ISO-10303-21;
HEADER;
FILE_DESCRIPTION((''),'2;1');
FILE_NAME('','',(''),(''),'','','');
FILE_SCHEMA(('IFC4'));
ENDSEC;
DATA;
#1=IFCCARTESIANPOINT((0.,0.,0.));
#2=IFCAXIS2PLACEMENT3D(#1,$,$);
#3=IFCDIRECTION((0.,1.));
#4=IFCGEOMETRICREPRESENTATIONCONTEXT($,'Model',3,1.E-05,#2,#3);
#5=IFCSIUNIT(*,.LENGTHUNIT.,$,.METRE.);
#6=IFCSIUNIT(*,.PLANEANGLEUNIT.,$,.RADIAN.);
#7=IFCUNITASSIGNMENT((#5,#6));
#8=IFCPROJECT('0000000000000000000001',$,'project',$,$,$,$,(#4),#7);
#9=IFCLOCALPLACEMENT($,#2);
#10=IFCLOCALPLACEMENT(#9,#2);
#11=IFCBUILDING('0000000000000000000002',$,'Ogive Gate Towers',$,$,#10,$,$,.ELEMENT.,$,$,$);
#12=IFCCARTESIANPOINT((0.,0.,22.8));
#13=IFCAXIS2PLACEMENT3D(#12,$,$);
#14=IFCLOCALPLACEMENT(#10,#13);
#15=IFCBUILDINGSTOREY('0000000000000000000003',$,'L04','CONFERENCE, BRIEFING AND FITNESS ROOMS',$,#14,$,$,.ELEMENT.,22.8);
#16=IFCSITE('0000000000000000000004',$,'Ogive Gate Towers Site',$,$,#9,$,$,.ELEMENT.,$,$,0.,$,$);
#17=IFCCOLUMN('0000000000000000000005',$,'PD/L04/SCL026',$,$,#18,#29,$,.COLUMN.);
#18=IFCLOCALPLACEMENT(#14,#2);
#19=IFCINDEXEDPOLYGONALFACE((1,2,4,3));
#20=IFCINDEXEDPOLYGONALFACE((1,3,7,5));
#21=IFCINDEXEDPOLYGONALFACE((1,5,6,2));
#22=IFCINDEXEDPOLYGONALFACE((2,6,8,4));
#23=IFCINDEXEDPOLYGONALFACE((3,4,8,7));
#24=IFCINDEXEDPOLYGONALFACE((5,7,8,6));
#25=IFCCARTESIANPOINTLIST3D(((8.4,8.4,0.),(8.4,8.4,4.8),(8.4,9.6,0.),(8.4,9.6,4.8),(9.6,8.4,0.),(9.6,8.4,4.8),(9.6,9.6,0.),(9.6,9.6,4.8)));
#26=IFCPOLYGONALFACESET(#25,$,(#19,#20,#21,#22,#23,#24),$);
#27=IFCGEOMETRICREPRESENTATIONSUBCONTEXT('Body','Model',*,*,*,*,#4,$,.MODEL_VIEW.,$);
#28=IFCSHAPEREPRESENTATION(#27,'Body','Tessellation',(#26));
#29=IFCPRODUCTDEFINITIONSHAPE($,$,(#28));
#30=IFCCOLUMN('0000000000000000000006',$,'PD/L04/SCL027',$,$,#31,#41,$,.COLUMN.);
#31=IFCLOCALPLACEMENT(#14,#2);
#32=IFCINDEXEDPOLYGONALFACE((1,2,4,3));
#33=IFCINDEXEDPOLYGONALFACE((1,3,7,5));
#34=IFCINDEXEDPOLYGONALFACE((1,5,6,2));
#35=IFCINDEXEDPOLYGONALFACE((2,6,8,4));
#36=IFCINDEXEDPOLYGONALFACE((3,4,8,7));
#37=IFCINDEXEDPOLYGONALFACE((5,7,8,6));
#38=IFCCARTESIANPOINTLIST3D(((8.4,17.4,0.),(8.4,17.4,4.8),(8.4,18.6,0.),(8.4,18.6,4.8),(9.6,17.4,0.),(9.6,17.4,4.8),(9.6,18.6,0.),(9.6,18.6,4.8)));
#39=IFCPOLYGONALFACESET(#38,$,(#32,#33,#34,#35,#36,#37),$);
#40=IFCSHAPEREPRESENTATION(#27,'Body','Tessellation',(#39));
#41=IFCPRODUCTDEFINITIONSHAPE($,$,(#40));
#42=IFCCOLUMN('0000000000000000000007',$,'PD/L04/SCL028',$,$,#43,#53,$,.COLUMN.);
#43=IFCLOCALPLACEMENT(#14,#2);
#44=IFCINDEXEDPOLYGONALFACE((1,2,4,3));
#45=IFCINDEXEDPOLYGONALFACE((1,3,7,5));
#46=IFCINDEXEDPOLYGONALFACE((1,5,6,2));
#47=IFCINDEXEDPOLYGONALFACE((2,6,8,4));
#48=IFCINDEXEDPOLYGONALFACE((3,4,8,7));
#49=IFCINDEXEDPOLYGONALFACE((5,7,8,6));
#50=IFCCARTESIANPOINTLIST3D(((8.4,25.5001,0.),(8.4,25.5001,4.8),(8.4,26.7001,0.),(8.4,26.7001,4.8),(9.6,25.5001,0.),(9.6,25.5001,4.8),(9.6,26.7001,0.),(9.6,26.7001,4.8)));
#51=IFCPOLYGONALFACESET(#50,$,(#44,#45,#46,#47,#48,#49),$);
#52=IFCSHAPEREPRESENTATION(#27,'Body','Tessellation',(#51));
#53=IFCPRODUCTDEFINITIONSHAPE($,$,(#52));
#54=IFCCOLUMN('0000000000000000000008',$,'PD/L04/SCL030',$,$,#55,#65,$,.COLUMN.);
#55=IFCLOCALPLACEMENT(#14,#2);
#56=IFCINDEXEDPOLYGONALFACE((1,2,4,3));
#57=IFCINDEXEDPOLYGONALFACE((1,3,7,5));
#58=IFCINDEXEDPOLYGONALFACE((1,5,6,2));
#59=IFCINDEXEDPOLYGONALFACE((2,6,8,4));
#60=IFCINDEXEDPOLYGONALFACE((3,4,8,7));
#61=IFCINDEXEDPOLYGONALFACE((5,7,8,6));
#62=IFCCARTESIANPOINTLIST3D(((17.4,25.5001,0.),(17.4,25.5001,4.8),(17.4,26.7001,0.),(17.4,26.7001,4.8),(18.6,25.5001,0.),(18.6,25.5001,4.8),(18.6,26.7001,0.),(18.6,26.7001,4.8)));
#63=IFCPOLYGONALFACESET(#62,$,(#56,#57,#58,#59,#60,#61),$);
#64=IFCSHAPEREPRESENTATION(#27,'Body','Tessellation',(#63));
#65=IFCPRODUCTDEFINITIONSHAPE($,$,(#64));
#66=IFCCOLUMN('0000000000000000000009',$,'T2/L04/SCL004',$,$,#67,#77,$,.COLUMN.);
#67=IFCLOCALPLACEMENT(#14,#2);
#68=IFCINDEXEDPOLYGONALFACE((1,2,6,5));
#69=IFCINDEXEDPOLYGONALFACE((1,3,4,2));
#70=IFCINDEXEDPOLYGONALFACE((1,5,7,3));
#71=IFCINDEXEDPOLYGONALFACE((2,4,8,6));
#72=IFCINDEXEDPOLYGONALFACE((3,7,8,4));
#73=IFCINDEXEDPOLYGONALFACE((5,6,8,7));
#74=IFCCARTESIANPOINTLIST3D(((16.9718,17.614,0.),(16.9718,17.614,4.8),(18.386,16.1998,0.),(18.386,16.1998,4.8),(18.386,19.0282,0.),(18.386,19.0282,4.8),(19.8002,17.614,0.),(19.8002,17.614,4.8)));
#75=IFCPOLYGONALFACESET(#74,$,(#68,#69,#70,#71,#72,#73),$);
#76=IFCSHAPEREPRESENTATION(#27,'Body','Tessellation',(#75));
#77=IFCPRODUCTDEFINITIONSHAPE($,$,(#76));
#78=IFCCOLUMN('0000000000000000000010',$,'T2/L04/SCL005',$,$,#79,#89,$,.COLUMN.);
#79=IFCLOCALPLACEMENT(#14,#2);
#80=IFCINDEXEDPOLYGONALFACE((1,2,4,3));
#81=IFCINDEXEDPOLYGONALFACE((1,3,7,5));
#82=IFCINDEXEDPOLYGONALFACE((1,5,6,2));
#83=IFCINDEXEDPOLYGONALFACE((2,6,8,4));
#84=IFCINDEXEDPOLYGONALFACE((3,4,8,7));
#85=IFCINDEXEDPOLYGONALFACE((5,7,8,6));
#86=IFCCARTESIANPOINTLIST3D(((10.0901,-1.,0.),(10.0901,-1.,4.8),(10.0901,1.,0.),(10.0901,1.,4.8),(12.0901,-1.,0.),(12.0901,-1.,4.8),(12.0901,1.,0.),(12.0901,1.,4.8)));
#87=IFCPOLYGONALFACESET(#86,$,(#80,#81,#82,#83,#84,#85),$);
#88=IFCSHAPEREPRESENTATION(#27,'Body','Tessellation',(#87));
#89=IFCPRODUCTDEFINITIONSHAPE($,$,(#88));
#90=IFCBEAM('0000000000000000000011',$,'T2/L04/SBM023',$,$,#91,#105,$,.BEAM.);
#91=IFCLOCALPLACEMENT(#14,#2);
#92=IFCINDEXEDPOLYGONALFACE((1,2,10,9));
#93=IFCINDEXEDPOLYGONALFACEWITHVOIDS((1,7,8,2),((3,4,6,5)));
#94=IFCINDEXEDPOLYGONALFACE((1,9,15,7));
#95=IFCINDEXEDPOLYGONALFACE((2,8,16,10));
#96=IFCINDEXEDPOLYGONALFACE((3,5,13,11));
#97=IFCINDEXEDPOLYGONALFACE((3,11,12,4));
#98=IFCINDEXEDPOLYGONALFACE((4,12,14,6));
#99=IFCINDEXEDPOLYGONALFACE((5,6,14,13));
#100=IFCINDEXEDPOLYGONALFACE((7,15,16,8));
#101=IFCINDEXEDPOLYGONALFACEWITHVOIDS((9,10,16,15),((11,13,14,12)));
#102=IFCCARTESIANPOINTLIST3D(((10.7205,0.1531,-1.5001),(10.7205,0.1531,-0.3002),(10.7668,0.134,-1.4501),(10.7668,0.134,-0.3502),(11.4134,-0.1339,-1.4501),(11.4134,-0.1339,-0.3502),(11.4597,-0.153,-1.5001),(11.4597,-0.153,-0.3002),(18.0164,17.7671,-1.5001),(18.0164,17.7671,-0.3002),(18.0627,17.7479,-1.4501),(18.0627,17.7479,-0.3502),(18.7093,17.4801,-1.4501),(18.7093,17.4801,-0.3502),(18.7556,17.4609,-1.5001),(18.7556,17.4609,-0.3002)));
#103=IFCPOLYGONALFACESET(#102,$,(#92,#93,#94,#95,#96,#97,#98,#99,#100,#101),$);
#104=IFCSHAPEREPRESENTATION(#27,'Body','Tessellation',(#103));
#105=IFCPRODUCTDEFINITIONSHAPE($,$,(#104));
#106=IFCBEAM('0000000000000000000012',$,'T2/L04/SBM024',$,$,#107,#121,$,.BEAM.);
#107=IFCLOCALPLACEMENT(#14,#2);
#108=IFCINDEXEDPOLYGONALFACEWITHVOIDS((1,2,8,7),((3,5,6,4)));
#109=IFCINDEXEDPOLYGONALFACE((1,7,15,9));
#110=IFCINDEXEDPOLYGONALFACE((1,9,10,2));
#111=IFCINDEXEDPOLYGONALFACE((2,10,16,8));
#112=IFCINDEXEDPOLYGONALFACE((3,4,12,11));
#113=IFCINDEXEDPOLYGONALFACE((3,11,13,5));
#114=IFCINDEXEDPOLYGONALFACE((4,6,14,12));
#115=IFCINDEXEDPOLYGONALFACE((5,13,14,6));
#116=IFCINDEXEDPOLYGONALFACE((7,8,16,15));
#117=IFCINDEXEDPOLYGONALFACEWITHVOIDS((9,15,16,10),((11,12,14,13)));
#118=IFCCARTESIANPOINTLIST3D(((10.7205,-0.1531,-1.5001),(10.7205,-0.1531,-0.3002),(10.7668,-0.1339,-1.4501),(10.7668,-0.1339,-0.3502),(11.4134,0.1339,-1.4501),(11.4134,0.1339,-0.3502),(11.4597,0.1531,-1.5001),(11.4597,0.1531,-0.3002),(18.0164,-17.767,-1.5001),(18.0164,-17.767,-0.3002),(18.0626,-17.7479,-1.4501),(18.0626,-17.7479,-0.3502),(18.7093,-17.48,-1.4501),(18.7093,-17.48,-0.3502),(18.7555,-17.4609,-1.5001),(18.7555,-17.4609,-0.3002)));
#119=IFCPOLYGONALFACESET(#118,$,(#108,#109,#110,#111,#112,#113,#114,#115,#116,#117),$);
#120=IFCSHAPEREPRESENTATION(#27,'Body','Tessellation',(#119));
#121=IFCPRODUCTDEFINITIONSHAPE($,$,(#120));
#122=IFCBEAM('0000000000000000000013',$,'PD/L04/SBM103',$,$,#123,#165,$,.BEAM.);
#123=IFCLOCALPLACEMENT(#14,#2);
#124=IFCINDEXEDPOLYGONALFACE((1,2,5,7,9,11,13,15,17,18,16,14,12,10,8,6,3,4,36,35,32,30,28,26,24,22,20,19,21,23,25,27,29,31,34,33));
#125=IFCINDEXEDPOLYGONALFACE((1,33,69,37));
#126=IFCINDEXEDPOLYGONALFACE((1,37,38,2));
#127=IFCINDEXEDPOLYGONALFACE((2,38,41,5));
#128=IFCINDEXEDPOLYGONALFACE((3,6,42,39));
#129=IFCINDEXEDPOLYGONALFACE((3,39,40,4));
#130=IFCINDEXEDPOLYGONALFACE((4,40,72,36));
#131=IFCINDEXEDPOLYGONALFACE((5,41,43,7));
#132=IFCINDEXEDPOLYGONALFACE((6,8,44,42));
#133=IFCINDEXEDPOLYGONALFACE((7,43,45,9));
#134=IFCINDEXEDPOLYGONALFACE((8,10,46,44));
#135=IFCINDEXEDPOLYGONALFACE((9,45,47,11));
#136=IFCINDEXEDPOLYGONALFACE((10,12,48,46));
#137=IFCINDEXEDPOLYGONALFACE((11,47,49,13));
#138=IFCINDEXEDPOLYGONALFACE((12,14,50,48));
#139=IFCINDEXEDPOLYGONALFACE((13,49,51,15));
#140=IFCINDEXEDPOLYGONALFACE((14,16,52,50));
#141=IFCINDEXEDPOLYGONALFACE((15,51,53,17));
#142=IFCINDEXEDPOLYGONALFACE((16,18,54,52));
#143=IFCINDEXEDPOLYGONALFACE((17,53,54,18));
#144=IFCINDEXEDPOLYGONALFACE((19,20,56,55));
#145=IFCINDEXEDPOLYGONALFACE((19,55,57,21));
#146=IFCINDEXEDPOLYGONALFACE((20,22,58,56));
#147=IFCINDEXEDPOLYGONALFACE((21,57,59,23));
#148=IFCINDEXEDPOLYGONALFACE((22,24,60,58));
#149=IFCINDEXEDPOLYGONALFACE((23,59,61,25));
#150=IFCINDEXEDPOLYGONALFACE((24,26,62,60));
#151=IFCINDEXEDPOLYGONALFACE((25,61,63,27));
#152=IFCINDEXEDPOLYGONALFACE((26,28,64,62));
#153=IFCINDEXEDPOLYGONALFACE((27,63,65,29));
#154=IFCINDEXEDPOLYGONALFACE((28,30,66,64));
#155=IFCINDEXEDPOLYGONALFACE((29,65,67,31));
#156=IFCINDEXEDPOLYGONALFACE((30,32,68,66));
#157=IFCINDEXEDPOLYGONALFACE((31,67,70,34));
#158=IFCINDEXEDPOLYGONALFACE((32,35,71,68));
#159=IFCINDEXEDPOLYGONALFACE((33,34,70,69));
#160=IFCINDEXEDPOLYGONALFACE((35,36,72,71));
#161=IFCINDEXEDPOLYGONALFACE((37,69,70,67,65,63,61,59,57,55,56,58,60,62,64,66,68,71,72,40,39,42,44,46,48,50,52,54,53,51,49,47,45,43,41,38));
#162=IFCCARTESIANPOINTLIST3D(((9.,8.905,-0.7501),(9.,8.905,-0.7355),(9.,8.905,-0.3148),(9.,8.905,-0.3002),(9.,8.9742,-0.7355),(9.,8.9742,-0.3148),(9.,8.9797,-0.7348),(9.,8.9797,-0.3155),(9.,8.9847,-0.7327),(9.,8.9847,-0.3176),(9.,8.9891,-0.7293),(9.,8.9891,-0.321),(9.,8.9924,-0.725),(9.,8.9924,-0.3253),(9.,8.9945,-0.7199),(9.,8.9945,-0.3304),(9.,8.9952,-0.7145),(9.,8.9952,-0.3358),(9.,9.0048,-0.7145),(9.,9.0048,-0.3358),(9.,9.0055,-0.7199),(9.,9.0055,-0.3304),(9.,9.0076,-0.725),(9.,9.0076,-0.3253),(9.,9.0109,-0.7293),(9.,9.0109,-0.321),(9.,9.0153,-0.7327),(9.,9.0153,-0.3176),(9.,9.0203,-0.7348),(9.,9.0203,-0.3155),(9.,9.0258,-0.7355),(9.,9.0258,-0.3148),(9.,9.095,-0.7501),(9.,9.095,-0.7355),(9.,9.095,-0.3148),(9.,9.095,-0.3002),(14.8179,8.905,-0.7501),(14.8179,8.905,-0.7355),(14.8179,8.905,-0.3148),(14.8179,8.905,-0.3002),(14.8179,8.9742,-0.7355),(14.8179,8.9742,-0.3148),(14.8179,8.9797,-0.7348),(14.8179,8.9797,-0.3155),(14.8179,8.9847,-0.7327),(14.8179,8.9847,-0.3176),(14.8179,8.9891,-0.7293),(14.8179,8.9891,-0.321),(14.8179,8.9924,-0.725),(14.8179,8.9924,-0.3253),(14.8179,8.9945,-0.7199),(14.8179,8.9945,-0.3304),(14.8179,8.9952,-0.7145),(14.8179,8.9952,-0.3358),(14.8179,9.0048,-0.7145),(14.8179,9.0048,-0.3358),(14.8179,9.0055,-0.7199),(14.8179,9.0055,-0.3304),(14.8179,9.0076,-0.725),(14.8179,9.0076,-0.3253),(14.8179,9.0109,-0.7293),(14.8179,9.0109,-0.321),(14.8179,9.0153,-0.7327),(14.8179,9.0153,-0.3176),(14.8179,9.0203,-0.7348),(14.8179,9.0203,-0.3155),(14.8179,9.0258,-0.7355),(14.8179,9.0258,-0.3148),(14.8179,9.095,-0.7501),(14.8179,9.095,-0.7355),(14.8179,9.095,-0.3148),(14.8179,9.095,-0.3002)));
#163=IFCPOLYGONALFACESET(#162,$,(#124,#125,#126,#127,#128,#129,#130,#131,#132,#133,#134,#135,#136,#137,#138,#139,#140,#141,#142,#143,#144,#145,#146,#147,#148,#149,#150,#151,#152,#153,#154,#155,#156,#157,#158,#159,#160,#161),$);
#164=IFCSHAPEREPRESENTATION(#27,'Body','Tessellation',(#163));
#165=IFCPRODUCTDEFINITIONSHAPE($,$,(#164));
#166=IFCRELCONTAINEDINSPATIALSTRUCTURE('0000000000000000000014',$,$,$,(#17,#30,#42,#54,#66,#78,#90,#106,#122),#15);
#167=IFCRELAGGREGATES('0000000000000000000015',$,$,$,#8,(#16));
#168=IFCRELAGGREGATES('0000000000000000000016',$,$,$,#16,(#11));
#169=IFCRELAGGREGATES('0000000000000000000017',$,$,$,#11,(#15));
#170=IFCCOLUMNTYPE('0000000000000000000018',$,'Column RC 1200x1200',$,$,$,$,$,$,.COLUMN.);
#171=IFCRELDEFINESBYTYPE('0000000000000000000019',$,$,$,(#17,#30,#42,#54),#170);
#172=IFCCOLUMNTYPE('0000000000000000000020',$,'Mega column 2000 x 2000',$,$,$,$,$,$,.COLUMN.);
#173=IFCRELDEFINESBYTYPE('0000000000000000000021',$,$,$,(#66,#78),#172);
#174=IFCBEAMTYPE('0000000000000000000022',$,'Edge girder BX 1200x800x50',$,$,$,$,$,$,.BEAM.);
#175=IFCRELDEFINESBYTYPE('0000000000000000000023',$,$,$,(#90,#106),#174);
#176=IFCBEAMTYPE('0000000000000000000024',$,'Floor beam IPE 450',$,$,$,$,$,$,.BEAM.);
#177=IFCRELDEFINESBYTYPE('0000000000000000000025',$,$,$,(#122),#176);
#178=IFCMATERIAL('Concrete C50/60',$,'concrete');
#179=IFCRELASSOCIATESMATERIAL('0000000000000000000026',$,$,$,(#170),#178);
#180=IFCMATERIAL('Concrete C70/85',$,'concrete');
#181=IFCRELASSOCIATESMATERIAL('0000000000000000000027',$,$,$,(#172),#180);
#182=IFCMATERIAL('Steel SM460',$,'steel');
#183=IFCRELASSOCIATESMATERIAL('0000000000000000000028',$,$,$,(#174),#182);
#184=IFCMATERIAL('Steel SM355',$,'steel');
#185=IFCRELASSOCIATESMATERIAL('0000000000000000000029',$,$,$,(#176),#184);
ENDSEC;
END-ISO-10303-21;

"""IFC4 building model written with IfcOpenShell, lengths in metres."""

from ifc_helpers import new_model, si_unit, direction, frame, origin, origin_2d, place, context, subcontext, project, spatial, rectangle, hollow_rectangle, i_section, extrude, material, material_profile, profile_set, type_object, element, save


model = new_model("IFC4")

# Units and contexts
model_context = context("Model", 3, precision=1e-05, world=origin(), true_north=direction((0.0, 1.0)))
body_context = subcontext(model_context, "Body", "Model", "MODEL_VIEW")
ifc_project = project(units=[si_unit("LENGTHUNIT", "METRE"), si_unit("PLANEANGLEUNIT", "RADIAN")], contexts=[model_context])

# Site, building, storey
site_placement = place(None, origin())
site = spatial("IfcSite", under=ifc_project, at=site_placement, Name="Ogive Gate Towers Site", CompositionType="ELEMENT", RefElevation=0.0)
building_placement = place(site_placement, origin())
building = spatial("IfcBuilding", under=site, at=building_placement, Name="Ogive Gate Towers", CompositionType="ELEMENT")
storey_placement = place(building_placement, frame((0.0, 0.0, 22.8)))
storey = spatial("IfcBuildingStorey", under=building, at=storey_placement, Name="L04", Description="CONFERENCE, BRIEFING AND FITNESS ROOMS", CompositionType="ELEMENT", Elevation=22.8)

# Columns
ifc_material_1 = material(Name="Concrete C50/60", Category="concrete")
ifc_material_profile_1 = material_profile(ifc_material_1, rectangle(XDim=1.2, YDim=1.2, at=origin_2d()), Name="RC 1200x1200")
ifc_profile_set_1 = profile_set([ifc_material_profile_1], Name="Concrete C50/60")
column_type_1 = type_object("IfcColumnType", Name="Column RC 1200x1200", PredefinedType="COLUMN", material=ifc_profile_set_1)
for number, where, z_axis, x_axis, name in (
    (1, (9.0, 9.0, 0.0), (0.0, 0.0, 1.0), (1.0, 0.0, 0.0), "PD/L04/SCL026"),
    (2, (9.0, 18.0, 0.0), (0.0, 0.0, 1.0), (1.0, 0.0, 0.0), "PD/L04/SCL027"),
    (3, (9.0, 26.1001, 0.0), (0.0, 0.0, 1.0), (1.0, 0.0, 0.0), "PD/L04/SCL028"),
    (4, (18.0, 26.1001, 0.0), (0.0, 0.0, 1.0), (1.0, 0.0, 0.0), "PD/L04/SCL030"),
):
    element("IfcColumn", number, at=place(storey_placement, frame(where, z_axis=z_axis, x_axis=x_axis)), inside=storey, type_object=column_type_1, Name=name, PredefinedType="COLUMN", context=body_context, shape_type="SweptSolid", body=[
        extrude(rectangle(XDim=1.2, YDim=1.2, at=origin_2d()), origin(), (0.0, 0.0, 1.0), 4.8),
    ])
ifc_material_2 = material(Name="Concrete C70/85", Category="concrete")
ifc_material_profile_2 = material_profile(ifc_material_2, rectangle(XDim=2.0, YDim=2.0, at=origin_2d()), Name="RC 2000x2000")
ifc_profile_set_2 = profile_set([ifc_material_profile_2], Name="Concrete C70/85")
column_type_2 = type_object("IfcColumnType", Name="Mega column 2000 x 2000", PredefinedType="COLUMN", material=ifc_profile_set_2)
for number, where, z_axis, x_axis, name in (
    (5, (18.386, 17.614, 0.0), (0.0, 0.0, 1.0), (-0.707107, 0.707107, 0.0), "T2/L04/SCL004"),
    (6, (11.0901, 0.0, 0.0), (0.0, 0.0, 1.0), (-1.0, 0.0, 0.0), "T2/L04/SCL005"),
):
    element("IfcColumn", number, at=place(storey_placement, frame(where, z_axis=z_axis, x_axis=x_axis)), inside=storey, type_object=column_type_2, Name=name, PredefinedType="COLUMN", context=body_context, shape_type="SweptSolid", body=[
        extrude(rectangle(XDim=2.0, YDim=2.0, at=origin_2d()), origin(), (0.0, 0.0, 1.0), 4.8),
    ])

# Beams
ifc_material_3 = material(Name="Steel SM460", Category="steel")
ifc_material_profile_3 = material_profile(ifc_material_3, hollow_rectangle(XDim=0.8, YDim=1.2, WallThickness=0.05, at=origin_2d()), Name="BX 1200x800x50")
ifc_profile_set_3 = profile_set([ifc_material_profile_3], Name="Steel SM460")
beam_type_1 = type_object("IfcBeamType", Name="Edge girder BX 1200x800x50", PredefinedType="BEAM", material=ifc_profile_set_3)
for number, where, z_axis, x_axis, name in (
    (7, (18.386, 17.614, -0.9001), (-0.382681, -0.923881, 0.0), (0.923881, -0.382681, 0.0), "T2/L04/SBM023"),
    (8, (11.0901, 0.0, -0.9001), (0.382681, -0.923881, 0.0), (0.923881, 0.382681, 0.0), "T2/L04/SBM024"),
):
    element("IfcBeam", number, at=place(storey_placement, frame(where, z_axis=z_axis, x_axis=x_axis)), inside=storey, type_object=beam_type_1, Name=name, PredefinedType="BEAM", context=body_context, shape_type="SweptSolid", body=[
        extrude(hollow_rectangle(XDim=0.8, YDim=1.2, WallThickness=0.05, at=origin_2d()), origin(), (0.0, 0.0, 1.0), 19.0652),
    ])
ifc_material_4 = material(Name="Steel SM355", Category="steel")
ifc_material_profile_4 = material_profile(ifc_material_4, i_section(OverallWidth=0.1899, OverallDepth=0.45, WebThickness=0.0095, FlangeThickness=0.0146, FilletRadius=0.021, at=origin_2d()), Name="IPE 450")
ifc_profile_set_4 = profile_set([ifc_material_profile_4], Name="Steel SM355")
beam_type_2 = type_object("IfcBeamType", Name="Floor beam IPE 450", PredefinedType="BEAM", material=ifc_profile_set_4)
beam_1_placement = place(storey_placement, frame((9.0, 9.0, -0.5251), z_axis=(1.0, 0.0, 0.0), x_axis=(0.0, 1.0, 0.0)))
element("IfcBeam", 9, at=beam_1_placement, inside=storey, type_object=beam_type_2, Name="PD/L04/SBM103", PredefinedType="BEAM", context=body_context, shape_type="SweptSolid", body=[
    extrude(i_section(OverallWidth=0.1899, OverallDepth=0.45, WebThickness=0.0095, FlangeThickness=0.0146, FilletRadius=0.021, at=origin_2d()), origin(), (0.0, 0.0, 1.0), 5.8179),
])

save(model, "model.ifc")
